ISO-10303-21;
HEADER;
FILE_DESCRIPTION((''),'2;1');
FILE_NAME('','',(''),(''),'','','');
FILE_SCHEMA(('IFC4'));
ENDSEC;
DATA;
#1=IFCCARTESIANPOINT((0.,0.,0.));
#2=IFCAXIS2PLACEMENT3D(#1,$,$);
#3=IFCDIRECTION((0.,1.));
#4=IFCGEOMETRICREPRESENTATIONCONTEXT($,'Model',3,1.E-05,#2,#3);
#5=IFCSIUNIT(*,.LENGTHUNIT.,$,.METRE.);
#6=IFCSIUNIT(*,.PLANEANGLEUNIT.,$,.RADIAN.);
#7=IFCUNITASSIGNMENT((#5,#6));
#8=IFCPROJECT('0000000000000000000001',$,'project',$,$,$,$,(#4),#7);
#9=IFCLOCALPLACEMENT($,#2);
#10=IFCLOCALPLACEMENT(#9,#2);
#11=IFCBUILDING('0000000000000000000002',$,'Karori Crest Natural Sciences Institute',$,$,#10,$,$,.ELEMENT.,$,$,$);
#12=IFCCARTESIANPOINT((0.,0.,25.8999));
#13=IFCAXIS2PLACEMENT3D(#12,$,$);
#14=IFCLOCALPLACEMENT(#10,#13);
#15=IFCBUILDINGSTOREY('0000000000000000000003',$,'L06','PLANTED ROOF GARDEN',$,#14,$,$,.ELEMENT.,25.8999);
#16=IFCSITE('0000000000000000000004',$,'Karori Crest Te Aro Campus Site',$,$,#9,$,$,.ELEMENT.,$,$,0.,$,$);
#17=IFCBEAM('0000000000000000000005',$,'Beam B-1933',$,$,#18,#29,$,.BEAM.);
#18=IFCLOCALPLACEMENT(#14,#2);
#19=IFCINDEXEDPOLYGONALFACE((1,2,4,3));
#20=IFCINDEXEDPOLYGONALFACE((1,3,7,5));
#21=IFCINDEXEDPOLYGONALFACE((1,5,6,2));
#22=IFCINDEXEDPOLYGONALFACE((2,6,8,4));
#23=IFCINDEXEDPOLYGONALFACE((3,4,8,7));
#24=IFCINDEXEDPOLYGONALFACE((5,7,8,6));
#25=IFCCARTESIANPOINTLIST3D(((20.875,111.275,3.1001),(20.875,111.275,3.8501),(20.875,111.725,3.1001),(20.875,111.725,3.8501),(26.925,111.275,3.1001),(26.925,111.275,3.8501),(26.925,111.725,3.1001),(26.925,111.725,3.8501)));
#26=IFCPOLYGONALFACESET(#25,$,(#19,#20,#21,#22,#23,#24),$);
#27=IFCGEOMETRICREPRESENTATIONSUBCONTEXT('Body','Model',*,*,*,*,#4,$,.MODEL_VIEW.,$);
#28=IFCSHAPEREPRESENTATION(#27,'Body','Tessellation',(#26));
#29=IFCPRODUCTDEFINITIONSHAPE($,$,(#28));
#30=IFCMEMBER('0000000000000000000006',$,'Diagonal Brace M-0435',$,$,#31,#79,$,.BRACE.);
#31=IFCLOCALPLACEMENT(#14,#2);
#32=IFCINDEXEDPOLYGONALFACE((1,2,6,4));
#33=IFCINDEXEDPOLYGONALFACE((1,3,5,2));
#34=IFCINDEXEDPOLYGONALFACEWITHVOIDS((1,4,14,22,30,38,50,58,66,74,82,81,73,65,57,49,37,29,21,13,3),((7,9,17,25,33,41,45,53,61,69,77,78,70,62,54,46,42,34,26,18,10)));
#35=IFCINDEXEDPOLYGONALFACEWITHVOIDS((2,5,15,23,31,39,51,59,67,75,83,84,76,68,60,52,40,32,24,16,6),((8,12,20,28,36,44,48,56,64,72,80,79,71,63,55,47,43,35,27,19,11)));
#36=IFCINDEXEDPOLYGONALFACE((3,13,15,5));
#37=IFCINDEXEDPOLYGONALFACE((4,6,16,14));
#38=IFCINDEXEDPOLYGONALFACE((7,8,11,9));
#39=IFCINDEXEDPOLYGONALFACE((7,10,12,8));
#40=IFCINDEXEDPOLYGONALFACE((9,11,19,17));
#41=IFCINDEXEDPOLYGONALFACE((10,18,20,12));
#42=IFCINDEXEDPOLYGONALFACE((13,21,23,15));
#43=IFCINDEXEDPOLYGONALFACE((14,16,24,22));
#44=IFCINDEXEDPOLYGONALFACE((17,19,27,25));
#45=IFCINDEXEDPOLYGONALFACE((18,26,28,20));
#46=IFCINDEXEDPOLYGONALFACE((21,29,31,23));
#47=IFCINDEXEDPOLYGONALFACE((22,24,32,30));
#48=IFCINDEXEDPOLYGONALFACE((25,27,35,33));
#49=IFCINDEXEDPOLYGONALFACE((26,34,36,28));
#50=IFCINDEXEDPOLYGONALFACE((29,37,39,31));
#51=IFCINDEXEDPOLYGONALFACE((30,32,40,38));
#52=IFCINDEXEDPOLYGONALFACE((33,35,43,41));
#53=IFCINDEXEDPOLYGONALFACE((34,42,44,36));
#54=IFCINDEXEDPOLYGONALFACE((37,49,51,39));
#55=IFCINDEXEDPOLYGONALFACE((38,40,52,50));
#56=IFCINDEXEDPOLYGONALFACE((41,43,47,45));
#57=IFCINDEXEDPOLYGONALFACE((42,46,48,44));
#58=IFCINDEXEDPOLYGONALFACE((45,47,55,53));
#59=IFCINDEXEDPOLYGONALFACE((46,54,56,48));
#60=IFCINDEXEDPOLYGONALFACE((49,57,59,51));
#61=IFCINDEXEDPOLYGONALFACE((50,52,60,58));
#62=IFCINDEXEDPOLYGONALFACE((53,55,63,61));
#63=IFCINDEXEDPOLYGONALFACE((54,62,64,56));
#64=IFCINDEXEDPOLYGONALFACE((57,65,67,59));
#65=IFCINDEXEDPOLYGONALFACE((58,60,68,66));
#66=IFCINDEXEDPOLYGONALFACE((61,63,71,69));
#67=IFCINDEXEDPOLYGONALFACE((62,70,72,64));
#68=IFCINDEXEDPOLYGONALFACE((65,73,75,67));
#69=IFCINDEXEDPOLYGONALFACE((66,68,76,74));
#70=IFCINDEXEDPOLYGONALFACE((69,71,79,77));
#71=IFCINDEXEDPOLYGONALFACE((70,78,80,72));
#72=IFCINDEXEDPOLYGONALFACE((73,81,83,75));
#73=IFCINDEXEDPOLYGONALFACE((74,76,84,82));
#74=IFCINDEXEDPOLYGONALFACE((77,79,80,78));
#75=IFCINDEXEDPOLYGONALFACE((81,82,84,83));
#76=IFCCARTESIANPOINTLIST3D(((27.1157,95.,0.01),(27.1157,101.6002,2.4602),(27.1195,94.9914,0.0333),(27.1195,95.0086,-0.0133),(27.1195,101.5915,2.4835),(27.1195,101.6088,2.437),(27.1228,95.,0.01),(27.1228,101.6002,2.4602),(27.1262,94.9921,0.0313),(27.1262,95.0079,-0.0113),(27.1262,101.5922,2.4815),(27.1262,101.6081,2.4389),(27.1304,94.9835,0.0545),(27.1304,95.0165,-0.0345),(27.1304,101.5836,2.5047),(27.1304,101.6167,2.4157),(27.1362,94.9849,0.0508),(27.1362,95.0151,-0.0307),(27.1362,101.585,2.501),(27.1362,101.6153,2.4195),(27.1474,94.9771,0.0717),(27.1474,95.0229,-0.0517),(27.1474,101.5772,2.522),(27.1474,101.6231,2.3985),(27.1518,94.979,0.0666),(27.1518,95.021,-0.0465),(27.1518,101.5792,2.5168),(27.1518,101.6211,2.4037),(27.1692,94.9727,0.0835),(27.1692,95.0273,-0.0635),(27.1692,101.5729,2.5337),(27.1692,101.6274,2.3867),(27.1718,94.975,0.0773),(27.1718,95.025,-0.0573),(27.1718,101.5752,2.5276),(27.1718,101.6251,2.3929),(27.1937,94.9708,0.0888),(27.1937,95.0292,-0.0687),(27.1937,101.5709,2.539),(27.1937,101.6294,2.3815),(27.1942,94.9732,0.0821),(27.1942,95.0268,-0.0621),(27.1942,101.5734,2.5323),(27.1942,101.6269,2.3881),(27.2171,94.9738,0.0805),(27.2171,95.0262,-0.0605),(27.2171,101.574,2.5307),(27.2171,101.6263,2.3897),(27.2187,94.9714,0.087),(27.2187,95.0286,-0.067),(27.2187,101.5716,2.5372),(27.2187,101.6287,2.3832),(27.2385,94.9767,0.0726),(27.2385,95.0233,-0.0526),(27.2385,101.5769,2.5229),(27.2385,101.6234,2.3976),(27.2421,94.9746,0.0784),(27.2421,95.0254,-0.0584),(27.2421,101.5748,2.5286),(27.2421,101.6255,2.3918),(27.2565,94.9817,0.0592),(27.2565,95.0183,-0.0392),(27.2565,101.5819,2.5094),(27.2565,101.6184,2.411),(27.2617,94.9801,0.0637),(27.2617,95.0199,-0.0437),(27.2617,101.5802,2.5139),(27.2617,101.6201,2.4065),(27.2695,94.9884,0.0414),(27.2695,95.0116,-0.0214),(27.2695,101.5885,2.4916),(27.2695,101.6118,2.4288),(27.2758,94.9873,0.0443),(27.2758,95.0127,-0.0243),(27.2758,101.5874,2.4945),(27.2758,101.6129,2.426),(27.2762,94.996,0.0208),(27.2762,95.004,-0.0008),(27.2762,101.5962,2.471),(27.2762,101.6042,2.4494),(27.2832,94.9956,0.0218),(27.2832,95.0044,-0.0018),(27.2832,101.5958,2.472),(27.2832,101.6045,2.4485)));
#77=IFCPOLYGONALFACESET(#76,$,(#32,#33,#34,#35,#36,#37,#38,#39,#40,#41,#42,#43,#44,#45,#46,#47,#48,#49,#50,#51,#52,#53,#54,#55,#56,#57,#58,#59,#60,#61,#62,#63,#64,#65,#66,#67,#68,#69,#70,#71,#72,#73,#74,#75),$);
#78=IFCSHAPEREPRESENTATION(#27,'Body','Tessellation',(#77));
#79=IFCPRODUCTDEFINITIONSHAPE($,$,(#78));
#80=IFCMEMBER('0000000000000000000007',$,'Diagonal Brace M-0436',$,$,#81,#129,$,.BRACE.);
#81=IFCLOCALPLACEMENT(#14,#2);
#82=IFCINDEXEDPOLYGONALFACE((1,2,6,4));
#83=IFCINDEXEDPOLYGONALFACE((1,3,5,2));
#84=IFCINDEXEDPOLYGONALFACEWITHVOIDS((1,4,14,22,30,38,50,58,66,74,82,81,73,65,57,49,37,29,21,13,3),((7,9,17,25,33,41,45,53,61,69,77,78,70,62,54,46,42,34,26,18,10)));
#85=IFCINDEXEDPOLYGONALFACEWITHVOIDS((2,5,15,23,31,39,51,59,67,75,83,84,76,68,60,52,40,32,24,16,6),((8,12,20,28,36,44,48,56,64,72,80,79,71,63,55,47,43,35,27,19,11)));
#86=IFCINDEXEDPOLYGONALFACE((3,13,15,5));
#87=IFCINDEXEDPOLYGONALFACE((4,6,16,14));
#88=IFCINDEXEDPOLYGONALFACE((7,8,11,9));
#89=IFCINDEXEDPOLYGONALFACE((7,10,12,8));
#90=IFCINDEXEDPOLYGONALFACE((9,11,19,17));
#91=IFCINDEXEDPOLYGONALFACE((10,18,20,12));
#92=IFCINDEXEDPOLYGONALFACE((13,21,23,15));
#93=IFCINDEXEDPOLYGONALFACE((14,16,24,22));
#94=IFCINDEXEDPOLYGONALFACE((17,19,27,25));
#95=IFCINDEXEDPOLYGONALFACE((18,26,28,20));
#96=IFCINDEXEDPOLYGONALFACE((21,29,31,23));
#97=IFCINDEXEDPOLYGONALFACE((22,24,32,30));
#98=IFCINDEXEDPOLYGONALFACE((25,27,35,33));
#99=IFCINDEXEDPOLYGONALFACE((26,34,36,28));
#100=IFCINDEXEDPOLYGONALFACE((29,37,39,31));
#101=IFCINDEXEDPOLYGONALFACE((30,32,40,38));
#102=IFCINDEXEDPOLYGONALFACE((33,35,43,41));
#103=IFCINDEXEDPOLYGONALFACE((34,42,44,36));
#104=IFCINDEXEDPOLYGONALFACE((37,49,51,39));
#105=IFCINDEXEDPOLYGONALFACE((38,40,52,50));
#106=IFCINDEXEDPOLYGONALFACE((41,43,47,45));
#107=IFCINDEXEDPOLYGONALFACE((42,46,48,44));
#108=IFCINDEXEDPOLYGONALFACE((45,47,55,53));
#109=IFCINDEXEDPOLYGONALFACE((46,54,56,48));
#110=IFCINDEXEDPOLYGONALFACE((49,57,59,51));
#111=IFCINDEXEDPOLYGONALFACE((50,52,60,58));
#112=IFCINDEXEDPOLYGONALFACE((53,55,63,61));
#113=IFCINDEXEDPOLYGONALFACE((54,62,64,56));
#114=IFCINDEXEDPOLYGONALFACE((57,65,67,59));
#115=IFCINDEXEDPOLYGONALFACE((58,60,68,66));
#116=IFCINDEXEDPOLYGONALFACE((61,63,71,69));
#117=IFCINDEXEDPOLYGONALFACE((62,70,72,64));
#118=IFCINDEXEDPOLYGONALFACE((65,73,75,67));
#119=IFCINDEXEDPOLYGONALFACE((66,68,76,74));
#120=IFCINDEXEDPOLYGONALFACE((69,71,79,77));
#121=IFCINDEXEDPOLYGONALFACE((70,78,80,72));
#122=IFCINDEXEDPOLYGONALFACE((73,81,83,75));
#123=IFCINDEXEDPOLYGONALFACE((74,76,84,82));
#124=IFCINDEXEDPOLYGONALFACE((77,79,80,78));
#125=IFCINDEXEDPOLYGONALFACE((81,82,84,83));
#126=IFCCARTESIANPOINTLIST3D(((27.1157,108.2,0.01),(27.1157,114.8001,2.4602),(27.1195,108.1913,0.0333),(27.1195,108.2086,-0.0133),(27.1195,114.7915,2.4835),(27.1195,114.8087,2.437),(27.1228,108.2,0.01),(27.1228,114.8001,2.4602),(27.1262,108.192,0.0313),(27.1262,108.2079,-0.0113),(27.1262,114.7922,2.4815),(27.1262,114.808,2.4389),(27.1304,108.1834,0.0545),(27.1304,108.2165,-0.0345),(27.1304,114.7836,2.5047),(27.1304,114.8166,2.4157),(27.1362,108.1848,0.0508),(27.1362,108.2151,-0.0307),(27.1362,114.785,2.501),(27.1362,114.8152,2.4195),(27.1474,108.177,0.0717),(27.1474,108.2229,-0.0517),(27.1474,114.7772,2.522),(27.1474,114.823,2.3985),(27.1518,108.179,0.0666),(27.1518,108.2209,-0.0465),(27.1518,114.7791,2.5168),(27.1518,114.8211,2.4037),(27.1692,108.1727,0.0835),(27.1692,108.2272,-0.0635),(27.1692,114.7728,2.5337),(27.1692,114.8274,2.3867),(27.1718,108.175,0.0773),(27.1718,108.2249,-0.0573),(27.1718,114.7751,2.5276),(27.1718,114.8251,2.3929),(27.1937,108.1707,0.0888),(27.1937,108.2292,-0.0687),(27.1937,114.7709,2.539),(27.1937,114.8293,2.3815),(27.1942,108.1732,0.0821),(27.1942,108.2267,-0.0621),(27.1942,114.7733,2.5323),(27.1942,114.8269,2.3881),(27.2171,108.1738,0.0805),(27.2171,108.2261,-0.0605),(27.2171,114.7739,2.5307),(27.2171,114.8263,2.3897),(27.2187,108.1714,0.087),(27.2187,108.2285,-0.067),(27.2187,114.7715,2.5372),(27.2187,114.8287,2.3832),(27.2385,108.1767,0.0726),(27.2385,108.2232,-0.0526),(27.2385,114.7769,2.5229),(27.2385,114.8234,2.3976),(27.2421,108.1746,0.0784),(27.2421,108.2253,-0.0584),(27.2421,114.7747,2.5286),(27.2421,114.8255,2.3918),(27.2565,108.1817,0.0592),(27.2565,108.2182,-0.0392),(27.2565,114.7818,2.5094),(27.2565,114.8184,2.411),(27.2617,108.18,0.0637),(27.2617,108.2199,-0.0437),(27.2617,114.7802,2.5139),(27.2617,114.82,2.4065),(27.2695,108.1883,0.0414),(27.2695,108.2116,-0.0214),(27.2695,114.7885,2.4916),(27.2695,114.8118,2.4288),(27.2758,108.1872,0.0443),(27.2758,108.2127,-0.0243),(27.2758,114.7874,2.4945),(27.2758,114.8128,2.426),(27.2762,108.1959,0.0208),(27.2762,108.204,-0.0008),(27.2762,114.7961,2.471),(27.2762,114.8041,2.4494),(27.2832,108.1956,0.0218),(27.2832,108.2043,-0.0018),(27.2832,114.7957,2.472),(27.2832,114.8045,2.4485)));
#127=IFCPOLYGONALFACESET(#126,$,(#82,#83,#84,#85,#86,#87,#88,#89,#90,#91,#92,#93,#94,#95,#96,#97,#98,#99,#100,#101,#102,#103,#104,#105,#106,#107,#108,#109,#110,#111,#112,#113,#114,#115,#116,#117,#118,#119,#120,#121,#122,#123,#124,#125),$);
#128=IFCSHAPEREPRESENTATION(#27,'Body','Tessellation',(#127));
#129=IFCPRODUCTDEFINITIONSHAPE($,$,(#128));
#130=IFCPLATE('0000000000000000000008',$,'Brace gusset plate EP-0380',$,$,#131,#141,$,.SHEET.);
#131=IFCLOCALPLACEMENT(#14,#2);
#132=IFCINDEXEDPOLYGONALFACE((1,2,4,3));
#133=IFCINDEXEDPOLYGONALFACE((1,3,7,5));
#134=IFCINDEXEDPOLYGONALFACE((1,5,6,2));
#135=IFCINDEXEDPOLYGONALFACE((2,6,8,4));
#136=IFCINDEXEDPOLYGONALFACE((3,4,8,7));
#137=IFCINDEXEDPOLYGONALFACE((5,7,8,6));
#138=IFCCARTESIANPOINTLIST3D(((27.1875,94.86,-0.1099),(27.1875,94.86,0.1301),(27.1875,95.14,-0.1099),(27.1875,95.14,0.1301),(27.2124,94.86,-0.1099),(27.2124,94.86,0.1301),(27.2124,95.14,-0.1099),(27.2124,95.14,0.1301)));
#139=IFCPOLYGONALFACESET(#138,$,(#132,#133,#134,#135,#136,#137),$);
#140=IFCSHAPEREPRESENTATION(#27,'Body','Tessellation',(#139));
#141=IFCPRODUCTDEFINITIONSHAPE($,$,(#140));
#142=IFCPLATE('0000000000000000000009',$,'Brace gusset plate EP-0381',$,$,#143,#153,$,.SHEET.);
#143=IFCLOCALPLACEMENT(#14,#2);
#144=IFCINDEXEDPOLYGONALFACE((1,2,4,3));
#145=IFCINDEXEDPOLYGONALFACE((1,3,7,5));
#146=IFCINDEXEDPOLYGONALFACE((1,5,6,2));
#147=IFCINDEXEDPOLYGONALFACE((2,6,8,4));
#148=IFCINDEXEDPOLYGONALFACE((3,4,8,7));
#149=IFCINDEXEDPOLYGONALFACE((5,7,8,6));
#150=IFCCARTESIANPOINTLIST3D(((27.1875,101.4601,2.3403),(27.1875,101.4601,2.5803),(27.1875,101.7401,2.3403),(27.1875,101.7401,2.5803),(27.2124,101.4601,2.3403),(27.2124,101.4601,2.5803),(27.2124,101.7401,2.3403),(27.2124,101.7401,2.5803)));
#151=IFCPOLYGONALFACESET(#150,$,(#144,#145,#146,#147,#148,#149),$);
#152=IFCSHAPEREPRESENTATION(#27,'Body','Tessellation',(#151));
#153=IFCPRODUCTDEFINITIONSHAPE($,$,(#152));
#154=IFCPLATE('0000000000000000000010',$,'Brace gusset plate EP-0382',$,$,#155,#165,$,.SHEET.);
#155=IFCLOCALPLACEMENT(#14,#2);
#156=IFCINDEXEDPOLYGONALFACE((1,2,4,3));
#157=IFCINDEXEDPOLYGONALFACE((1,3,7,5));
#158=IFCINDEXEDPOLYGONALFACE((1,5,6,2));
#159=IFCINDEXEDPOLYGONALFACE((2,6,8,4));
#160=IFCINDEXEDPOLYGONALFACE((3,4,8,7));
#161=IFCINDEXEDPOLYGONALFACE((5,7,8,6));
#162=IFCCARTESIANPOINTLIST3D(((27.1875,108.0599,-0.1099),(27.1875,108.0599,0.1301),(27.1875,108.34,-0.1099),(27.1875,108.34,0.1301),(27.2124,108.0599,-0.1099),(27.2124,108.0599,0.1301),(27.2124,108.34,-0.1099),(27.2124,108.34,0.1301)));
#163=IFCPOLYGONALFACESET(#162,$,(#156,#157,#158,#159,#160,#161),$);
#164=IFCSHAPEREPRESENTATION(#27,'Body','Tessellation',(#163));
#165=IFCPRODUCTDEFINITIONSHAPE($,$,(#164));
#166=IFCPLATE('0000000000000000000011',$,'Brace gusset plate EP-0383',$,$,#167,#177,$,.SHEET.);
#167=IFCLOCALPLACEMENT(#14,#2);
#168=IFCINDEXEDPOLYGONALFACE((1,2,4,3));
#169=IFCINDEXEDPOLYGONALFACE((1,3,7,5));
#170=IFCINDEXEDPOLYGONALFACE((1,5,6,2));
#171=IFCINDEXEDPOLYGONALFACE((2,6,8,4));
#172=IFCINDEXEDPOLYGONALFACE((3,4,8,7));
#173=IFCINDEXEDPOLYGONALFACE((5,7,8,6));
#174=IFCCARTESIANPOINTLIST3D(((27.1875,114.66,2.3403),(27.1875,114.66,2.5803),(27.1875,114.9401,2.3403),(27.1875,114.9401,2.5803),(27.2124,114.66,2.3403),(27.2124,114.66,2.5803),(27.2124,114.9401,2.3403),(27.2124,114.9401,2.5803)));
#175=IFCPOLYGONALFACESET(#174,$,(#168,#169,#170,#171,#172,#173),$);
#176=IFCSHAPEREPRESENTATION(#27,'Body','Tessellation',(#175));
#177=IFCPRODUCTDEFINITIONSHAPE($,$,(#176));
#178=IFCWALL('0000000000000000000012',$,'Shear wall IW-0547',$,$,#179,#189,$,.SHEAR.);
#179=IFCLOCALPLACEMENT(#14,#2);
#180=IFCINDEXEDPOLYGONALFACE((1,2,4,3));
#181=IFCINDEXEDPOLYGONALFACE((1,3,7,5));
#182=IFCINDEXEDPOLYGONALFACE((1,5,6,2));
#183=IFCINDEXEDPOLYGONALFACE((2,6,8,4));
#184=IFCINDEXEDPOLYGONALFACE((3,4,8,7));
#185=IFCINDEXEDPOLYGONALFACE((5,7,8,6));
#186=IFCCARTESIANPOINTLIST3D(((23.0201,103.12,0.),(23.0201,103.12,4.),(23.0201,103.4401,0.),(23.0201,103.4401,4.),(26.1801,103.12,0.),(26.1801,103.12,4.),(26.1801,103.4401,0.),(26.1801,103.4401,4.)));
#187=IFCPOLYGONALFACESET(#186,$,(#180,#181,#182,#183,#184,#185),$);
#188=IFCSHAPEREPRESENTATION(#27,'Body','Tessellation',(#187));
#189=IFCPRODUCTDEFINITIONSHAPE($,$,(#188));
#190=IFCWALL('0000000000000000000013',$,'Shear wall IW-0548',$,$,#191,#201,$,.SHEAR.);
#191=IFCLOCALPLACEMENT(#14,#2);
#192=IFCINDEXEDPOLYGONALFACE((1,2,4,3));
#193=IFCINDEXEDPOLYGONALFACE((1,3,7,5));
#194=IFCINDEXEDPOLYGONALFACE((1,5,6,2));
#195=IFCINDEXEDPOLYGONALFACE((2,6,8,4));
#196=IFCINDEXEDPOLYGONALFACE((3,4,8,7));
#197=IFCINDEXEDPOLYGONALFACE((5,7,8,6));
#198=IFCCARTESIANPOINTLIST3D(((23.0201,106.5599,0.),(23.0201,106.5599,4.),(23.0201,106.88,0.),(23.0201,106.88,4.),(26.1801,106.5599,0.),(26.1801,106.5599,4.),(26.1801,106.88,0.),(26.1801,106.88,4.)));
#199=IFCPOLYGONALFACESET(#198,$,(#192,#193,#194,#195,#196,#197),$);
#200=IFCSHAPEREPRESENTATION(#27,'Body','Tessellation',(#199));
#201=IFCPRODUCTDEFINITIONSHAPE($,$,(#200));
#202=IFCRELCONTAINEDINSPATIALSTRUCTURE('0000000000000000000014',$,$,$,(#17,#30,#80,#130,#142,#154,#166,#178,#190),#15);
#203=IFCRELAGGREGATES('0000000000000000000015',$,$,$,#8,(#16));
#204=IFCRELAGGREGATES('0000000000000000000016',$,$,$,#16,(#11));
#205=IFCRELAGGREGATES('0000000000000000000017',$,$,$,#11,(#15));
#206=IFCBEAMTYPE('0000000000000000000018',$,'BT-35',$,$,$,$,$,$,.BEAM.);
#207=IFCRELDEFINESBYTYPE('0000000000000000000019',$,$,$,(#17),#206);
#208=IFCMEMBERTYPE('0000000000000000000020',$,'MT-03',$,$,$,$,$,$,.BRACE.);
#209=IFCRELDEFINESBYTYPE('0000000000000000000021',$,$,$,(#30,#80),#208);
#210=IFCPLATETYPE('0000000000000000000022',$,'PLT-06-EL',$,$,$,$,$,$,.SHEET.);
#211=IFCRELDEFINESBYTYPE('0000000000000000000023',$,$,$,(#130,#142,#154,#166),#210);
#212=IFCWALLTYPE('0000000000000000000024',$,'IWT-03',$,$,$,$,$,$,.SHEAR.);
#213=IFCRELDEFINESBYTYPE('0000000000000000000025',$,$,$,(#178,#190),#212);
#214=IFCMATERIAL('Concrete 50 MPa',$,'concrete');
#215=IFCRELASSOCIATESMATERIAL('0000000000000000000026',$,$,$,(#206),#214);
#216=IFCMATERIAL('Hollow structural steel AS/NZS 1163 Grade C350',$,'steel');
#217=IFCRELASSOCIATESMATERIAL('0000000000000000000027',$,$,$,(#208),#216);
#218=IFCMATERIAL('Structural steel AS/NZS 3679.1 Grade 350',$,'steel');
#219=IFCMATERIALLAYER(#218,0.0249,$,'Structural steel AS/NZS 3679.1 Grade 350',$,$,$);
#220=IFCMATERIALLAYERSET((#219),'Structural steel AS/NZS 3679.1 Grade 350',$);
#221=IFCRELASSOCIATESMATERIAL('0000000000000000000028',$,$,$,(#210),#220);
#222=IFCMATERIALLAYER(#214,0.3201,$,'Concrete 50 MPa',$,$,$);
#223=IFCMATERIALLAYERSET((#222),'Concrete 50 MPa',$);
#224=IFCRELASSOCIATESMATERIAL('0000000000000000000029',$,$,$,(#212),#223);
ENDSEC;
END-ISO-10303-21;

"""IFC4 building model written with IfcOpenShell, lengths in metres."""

from ifc_helpers import new_model, si_unit, direction, frame, frame_2d, origin, origin_2d, place, context, subcontext, project, spatial, rectangle, hollow_circle, extrude, material, layer, layer_set, material_profile, profile_set, type_object, element, save


model = new_model("IFC4")

# Units and contexts
model_context = context("Model", 3, precision=1e-05, world=origin(), true_north=direction((0.0, 1.0)))
body_context = subcontext(model_context, "Body", "Model", "MODEL_VIEW")
ifc_project = project(units=[si_unit("LENGTHUNIT", "METRE"), si_unit("PLANEANGLEUNIT", "RADIAN")], contexts=[model_context])

# Site, building, storey
site_placement = place(None, origin())
site = spatial("IfcSite", under=ifc_project, at=site_placement, Name="Karori Crest Te Aro Campus Site", CompositionType="ELEMENT", RefElevation=0.0)
building_placement = place(site_placement, origin())
building = spatial("IfcBuilding", under=site, at=building_placement, Name="Karori Crest Natural Sciences Institute", CompositionType="ELEMENT")
storey_placement = place(building_placement, frame((0.0, 0.0, 25.8999)))
storey = spatial("IfcBuildingStorey", under=building, at=storey_placement, Name="L06", Description="PLANTED ROOF GARDEN", CompositionType="ELEMENT", Elevation=25.8999)

# Shared definitions
ifc_material_1 = material(Name="Concrete 50 MPa", Category="concrete")

# Beam
ifc_material_profile_1 = material_profile(ifc_material_1, rectangle(XDim=0.45, YDim=0.75, at=origin_2d()), Name="RCB450x750")
ifc_profile_set_1 = profile_set([ifc_material_profile_1], Name="Concrete 50 MPa")
beam_type_1 = type_object("IfcBeamType", Name="BT-35", PredefinedType="BEAM", material=ifc_profile_set_1)
for number, where, z_axis, x_axis, name in (
    (1, (20.875, 111.5, 3.4751), (1.0, 0.0, 0.0), (0.0, 1.0, 0.0), "Beam B-1933"),
):
    element("IfcBeam", number, at=place(storey_placement, frame(where, z_axis=z_axis, x_axis=x_axis)), inside=storey, type_object=beam_type_1, Name=name, PredefinedType="BEAM", context=body_context, shape_type="SweptSolid", body=[
        extrude(rectangle(XDim=0.45, YDim=0.75, at=origin_2d()), origin(), (0.0, 0.0, 1.0), 6.05),
    ])

# Members
ifc_material_2 = material(Name="Hollow structural steel AS/NZS 1163 Grade C350", Category="steel")
ifc_material_profile_2 = material_profile(ifc_material_2, hollow_circle(Radius=0.0842, WallThickness=0.0071, at=origin_2d()), Name="CHS168.3x7.1")
ifc_profile_set_2 = profile_set([ifc_material_profile_2], Name="Hollow structural steel AS/NZS 1163 Grade C350")
member_type = type_object("IfcMemberType", Name="MT-03", PredefinedType="BRACE", material=ifc_profile_set_2)
for number, where, z_axis, x_axis, name in (
    (2, (27.2, 95.0, 0.01), (0.0, 0.937484, 0.348028), (-1.0, 0.0, 0.0), "Diagonal Brace M-0435"),
    (3, (27.2, 108.2, 0.01), (0.0, 0.937484, 0.348028), (-1.0, 0.0, 0.0), "Diagonal Brace M-0436"),
):
    element("IfcMember", number, at=place(storey_placement, frame(where, z_axis=z_axis, x_axis=x_axis)), inside=storey, type_object=member_type, Name=name, PredefinedType="BRACE", context=body_context, shape_type="SweptSolid", body=[
        extrude(hollow_circle(Radius=0.0842, WallThickness=0.0071, at=origin_2d()), origin(), (0.0, 0.0, 1.0), 7.0403),
    ])

# Plates
ifc_material_3 = material(Name="Structural steel AS/NZS 3679.1 Grade 350", Category="steel")
ifc_layer_1 = layer(ifc_material_3, 0.0249, Name="Structural steel AS/NZS 3679.1 Grade 350")
ifc_layer_set_1 = layer_set([ifc_layer_1], Name="Structural steel AS/NZS 3679.1 Grade 350")
plate_type = type_object("IfcPlateType", Name="PLT-06-EL", PredefinedType="SHEET", material=ifc_layer_set_1)
for number, where, z_axis, x_axis, name in (
    (4, (27.2, 95.0, -0.1099), (0.0, 0.0, 1.0), (0.0, 1.0, 0.0), "Brace gusset plate EP-0380"),
    (5, (27.2, 101.6001, 2.3403), (0.0, 0.0, 1.0), (0.0, 1.0, 0.0), "Brace gusset plate EP-0381"),
    (6, (27.2, 108.2, -0.1099), (0.0, 0.0, 1.0), (0.0, 1.0, 0.0), "Brace gusset plate EP-0382"),
    (7, (27.2, 114.8, 2.3403), (0.0, 0.0, 1.0), (0.0, 1.0, 0.0), "Brace gusset plate EP-0383"),
):
    element("IfcPlate", number, at=place(storey_placement, frame(where, z_axis=z_axis, x_axis=x_axis)), inside=storey, type_object=plate_type, Name=name, PredefinedType="SHEET", context=body_context, shape_type="SweptSolid", body=[
        extrude(rectangle(XDim=0.28, YDim=0.0249, at=origin_2d()), origin(), (0.0, 0.0, 1.0), 0.24),
    ])

# Walls
ifc_layer_2 = layer(ifc_material_1, 0.3201, Name="Concrete 50 MPa")
ifc_layer_set_2 = layer_set([ifc_layer_2], Name="Concrete 50 MPa")
wall_type_1 = type_object("IfcWallType", Name="IWT-03", PredefinedType="SHEAR", material=ifc_layer_set_2)
for number, where, z_axis, x_axis, name in (
    (8, (23.02, 103.28, 0.0), (0.0, 0.0, 1.0), (1.0, 0.0, 0.0), "Shear wall IW-0547"),
    (9, (23.02, 106.72, 0.0), (0.0, 0.0, 1.0), (1.0, 0.0, 0.0), "Shear wall IW-0548"),
):
    element("IfcWall", number, at=place(storey_placement, frame(where, z_axis=z_axis, x_axis=x_axis)), inside=storey, type_object=wall_type_1, Name=name, PredefinedType="SHEAR", context=body_context, shape_type="SweptSolid", body=[
        extrude(rectangle(XDim=3.1599, YDim=0.3201, at=frame_2d((1.5801, 0.0))), origin(), (0.0, 0.0, 1.0), 4.0),
    ])

save(model, "model.ifc")
